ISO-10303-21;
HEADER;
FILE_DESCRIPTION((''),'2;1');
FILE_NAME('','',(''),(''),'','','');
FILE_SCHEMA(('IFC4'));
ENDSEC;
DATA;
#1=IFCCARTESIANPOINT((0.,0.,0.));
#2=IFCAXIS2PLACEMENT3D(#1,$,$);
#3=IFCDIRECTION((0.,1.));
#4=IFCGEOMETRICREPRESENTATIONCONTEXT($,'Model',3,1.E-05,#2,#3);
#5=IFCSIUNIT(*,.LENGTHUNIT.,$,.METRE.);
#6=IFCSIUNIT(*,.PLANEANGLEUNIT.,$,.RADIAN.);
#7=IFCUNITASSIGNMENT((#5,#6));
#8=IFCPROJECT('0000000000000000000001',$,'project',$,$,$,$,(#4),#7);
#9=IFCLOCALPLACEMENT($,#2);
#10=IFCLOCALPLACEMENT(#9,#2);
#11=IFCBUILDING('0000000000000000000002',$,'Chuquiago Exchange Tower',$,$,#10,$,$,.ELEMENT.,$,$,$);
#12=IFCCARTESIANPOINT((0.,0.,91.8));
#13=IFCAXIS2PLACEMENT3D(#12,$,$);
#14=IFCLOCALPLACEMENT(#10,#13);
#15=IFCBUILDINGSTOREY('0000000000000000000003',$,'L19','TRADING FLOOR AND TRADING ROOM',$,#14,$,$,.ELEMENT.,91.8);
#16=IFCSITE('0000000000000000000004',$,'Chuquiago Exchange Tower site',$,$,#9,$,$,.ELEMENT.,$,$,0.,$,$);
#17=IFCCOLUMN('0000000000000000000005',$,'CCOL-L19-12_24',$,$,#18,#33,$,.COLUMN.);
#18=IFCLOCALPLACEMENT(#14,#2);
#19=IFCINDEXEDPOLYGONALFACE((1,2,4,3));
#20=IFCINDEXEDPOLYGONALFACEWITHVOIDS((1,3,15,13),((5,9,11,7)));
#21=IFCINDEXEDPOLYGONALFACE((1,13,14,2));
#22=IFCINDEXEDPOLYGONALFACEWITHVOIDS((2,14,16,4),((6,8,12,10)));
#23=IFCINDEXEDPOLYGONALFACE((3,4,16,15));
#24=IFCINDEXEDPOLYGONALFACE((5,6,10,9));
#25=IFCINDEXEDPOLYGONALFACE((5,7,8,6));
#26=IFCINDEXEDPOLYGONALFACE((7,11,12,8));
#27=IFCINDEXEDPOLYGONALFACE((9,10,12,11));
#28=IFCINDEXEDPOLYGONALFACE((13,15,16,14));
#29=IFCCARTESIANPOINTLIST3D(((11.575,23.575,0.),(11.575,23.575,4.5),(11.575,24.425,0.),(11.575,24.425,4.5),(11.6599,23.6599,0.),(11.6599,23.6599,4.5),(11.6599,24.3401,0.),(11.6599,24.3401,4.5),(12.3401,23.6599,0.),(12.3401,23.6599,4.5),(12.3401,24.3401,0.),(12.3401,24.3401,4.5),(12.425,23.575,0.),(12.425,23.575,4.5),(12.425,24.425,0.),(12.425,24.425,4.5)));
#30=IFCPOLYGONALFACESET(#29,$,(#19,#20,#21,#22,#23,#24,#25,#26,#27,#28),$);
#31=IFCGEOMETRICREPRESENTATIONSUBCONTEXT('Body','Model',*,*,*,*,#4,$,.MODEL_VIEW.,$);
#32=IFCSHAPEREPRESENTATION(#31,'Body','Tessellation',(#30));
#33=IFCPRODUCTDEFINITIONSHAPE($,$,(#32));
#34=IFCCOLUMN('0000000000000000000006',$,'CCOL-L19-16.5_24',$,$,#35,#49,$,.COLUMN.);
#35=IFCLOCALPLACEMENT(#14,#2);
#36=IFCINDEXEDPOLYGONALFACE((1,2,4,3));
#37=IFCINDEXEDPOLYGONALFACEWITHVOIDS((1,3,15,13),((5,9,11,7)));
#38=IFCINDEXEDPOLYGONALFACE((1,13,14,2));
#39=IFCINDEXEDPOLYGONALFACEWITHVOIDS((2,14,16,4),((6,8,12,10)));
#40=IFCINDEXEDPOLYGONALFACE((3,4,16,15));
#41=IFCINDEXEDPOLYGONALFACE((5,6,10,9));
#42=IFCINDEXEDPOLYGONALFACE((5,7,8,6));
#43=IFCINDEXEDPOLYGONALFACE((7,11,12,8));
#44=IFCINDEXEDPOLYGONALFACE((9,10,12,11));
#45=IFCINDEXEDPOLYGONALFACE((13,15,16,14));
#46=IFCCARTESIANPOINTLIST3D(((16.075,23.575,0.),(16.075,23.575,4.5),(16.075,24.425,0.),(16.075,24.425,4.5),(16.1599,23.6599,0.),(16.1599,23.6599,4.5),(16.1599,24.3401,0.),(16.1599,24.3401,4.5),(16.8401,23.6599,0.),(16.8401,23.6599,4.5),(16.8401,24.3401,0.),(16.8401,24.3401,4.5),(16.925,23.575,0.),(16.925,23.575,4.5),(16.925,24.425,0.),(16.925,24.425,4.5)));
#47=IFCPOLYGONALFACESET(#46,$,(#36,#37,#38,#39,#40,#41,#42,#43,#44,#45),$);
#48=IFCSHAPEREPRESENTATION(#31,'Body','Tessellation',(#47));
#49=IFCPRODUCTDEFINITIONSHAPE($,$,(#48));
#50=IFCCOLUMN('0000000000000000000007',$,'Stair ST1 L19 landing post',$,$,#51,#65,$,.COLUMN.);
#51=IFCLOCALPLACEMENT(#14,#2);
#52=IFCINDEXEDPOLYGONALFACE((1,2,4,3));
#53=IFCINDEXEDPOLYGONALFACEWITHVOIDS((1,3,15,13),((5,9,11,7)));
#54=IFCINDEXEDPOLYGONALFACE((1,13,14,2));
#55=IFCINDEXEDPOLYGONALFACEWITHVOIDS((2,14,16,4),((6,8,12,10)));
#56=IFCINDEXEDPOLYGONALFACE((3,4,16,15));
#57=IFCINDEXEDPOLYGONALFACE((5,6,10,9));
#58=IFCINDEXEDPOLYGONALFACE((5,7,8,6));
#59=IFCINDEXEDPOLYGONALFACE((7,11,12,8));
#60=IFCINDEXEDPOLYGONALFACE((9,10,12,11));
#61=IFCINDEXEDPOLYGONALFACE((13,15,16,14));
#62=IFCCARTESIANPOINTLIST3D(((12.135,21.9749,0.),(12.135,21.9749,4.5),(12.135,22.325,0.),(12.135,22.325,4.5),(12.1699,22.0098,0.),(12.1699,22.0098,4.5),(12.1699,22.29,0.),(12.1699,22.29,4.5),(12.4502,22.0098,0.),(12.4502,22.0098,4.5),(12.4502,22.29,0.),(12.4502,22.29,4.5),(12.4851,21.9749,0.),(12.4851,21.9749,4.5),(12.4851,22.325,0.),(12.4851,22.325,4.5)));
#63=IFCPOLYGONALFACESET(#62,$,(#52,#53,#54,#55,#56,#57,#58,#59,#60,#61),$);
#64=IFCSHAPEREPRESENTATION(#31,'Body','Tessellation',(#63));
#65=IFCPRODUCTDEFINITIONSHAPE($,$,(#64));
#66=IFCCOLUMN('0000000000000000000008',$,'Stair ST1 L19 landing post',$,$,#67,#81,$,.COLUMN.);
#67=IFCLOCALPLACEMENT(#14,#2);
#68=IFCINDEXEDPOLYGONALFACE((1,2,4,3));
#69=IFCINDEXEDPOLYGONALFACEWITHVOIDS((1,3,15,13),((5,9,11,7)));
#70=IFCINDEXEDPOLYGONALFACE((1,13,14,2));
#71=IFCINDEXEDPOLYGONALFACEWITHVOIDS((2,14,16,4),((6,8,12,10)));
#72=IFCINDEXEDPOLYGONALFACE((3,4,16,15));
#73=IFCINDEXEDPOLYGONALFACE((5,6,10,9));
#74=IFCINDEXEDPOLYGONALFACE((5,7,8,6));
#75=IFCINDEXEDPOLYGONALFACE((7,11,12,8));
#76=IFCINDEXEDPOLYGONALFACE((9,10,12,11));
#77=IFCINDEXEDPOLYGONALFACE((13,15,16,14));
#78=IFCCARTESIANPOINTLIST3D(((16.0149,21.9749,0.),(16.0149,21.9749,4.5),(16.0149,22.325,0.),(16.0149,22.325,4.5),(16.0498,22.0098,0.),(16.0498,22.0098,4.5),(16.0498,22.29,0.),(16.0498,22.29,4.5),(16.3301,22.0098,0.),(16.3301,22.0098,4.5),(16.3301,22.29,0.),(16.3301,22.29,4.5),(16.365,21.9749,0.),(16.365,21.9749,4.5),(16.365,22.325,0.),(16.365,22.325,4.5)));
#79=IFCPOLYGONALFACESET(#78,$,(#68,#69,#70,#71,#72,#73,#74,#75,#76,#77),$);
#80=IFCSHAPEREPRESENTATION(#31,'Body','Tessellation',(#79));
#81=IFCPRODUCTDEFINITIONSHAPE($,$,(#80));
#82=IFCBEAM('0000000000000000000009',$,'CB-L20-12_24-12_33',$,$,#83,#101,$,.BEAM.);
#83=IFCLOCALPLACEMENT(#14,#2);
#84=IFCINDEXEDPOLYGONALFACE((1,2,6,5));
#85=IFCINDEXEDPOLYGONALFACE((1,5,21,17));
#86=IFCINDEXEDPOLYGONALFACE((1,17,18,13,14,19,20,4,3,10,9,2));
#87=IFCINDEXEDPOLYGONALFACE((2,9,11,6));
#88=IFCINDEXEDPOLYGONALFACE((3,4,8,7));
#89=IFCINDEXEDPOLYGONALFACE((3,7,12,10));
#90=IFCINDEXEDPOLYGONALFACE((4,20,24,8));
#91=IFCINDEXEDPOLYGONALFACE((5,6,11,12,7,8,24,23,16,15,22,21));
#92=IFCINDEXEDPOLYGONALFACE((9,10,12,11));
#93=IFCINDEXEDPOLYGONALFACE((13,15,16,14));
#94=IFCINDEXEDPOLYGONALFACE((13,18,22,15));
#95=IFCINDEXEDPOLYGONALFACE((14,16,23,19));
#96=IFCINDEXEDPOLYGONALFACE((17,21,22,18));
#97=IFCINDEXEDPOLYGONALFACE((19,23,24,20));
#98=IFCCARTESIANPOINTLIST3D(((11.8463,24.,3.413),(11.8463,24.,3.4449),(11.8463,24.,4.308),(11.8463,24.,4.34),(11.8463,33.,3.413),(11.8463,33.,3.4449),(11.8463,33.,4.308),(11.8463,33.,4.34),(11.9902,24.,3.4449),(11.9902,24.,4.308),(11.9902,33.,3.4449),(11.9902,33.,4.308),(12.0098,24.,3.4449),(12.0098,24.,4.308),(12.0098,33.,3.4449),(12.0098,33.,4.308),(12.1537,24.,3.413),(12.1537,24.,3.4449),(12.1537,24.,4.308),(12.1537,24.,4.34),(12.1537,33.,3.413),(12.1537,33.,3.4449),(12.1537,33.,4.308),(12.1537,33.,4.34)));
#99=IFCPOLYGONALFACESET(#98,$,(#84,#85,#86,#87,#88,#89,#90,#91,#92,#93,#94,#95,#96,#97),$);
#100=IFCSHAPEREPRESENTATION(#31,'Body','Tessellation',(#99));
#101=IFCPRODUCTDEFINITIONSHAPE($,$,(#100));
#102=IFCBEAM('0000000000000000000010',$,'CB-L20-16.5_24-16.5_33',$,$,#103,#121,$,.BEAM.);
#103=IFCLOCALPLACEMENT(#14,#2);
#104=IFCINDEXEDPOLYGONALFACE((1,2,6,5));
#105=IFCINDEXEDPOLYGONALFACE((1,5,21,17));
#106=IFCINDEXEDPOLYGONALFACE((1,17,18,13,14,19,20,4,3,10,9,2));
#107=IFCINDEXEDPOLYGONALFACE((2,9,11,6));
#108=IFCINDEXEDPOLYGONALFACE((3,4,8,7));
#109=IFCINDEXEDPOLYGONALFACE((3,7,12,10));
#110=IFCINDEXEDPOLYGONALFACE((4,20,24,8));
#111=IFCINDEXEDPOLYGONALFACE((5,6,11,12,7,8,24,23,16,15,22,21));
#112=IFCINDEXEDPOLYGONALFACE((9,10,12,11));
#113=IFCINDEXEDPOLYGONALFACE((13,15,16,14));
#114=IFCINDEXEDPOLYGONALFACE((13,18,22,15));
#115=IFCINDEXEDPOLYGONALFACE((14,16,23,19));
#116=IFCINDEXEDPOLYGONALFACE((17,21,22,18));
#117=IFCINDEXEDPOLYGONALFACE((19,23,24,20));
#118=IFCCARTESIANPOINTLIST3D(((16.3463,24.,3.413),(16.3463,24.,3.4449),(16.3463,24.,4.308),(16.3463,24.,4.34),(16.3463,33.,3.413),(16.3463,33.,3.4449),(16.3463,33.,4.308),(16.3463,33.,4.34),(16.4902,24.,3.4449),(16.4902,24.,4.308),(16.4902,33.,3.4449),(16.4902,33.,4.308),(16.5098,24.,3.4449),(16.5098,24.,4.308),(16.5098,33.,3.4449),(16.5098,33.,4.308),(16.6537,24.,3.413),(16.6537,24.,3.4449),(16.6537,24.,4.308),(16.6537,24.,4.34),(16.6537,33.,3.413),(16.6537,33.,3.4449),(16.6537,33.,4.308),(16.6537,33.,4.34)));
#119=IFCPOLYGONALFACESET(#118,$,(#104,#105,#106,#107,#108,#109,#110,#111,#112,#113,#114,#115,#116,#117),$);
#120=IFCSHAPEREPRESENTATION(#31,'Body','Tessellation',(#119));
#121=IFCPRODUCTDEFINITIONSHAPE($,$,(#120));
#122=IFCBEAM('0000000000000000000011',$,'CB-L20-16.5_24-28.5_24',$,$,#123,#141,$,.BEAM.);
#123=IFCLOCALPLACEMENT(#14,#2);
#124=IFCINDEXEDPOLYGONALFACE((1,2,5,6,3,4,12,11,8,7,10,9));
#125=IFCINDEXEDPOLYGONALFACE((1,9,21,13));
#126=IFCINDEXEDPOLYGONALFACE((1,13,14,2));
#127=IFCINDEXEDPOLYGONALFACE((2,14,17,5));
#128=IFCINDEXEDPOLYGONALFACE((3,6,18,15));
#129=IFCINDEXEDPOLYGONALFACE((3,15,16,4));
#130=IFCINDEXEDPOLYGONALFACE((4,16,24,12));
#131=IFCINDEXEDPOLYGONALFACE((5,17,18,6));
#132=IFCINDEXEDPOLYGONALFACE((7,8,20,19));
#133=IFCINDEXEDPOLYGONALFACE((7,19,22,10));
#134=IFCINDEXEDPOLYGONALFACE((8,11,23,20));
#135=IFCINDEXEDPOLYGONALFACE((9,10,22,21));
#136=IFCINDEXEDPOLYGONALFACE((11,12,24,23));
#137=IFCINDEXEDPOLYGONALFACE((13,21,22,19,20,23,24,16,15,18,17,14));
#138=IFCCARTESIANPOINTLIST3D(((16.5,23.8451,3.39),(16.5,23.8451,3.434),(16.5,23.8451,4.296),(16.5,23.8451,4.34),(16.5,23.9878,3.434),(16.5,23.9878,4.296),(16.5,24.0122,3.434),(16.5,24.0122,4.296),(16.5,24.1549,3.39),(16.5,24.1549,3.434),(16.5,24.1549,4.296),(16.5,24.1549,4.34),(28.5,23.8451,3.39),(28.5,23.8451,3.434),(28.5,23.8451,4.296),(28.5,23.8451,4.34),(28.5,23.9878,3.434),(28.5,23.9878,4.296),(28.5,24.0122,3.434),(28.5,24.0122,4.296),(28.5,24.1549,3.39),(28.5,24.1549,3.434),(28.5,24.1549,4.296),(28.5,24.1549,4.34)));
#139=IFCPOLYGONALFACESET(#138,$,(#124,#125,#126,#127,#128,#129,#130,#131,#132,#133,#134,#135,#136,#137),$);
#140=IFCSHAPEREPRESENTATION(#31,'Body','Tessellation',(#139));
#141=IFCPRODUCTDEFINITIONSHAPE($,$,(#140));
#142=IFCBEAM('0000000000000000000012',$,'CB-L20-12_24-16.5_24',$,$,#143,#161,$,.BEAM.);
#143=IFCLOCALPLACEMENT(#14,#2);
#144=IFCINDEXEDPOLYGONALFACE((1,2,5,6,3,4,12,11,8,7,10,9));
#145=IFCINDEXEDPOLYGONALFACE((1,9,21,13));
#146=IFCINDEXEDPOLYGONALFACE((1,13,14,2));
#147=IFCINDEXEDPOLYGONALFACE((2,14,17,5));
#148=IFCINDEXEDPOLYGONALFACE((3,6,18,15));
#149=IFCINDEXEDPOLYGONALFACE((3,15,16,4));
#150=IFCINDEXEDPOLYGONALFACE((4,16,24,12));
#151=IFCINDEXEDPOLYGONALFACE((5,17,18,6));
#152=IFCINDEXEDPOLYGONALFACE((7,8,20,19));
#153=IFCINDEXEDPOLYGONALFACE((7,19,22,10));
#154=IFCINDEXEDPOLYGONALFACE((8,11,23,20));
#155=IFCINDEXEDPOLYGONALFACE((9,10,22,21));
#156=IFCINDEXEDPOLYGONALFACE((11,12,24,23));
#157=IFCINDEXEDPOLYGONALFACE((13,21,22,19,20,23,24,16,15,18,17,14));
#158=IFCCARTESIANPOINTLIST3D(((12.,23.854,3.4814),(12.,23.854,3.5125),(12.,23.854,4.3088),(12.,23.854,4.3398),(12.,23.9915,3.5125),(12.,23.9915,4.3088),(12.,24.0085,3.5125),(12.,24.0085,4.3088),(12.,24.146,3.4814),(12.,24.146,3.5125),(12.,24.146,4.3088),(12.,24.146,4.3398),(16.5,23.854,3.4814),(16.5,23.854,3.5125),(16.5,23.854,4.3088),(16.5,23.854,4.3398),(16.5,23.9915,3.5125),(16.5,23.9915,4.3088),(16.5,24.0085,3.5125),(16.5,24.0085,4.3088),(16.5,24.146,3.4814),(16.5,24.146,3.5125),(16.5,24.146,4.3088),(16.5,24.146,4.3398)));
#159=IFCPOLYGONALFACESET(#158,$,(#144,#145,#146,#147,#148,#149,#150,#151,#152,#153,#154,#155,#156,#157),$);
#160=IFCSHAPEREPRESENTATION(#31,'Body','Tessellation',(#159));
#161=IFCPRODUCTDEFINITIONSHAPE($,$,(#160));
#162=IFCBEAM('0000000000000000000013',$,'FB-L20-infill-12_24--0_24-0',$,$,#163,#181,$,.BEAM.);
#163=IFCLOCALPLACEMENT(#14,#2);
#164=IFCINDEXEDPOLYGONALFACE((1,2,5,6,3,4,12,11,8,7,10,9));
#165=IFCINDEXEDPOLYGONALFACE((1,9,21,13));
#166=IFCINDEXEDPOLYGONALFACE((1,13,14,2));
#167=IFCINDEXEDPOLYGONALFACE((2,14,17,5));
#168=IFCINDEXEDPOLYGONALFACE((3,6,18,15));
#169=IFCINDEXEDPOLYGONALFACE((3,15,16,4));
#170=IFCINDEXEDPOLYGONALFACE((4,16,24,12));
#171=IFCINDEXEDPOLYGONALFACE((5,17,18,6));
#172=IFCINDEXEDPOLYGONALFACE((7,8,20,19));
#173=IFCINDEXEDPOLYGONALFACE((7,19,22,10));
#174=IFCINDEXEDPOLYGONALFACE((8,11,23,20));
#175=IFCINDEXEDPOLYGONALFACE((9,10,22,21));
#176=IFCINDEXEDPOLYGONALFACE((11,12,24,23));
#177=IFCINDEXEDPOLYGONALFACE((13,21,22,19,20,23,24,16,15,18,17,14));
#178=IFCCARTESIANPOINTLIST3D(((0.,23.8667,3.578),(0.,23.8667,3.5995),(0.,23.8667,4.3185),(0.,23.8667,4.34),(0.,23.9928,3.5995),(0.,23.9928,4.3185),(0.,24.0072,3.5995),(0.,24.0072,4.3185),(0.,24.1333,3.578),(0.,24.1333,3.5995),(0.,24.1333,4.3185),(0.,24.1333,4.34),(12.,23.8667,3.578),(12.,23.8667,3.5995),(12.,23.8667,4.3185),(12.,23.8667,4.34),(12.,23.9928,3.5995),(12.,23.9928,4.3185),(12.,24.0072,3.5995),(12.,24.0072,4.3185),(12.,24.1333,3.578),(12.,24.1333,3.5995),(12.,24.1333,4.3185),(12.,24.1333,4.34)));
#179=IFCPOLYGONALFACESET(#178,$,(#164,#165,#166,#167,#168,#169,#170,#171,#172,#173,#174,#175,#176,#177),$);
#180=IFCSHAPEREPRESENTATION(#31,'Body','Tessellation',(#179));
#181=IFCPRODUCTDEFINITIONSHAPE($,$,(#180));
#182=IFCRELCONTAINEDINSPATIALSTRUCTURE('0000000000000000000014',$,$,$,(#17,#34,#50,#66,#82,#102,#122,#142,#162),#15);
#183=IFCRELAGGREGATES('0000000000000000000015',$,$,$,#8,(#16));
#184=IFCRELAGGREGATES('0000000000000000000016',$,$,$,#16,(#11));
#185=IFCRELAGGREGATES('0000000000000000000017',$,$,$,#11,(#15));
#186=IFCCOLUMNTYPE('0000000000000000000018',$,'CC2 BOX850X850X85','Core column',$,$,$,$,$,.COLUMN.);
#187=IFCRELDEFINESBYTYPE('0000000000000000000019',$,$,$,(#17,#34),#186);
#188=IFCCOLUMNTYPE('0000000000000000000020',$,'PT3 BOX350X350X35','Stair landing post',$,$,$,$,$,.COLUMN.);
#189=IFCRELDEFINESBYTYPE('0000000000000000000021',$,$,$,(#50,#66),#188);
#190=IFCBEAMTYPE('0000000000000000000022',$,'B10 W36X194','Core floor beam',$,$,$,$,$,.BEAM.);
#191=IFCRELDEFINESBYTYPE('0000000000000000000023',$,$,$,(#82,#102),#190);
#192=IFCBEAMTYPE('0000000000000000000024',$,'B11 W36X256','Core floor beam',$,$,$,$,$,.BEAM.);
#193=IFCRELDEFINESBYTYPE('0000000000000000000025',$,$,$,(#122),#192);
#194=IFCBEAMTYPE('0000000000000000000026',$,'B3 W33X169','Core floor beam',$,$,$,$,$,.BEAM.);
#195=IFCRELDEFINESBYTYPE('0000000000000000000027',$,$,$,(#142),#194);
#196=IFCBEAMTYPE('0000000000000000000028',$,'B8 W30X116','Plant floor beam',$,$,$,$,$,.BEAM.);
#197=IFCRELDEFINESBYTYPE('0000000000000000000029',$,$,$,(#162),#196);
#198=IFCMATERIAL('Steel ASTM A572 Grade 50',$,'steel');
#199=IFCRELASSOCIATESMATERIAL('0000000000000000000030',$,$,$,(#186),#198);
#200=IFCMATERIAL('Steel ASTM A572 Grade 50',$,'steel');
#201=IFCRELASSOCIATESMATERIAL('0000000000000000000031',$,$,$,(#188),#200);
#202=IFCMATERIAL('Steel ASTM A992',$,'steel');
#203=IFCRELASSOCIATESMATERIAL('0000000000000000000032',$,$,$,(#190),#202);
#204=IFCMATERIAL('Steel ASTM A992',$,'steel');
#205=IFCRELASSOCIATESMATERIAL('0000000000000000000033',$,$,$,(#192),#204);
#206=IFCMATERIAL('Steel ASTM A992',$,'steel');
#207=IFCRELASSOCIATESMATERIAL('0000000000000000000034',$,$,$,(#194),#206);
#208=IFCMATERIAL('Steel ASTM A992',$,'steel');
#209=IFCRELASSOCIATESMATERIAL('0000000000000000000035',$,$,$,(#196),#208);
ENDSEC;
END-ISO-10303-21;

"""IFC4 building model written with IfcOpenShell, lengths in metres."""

from ifc_helpers import new_model, si_unit, direction, frame, origin, origin_2d, place, context, subcontext, project, spatial, hollow_rectangle, i_section, extrude, material, material_profile, profile_set, type_object, element, save


model = new_model("IFC4")

# Units and contexts
model_context = context("Model", 3, precision=1e-05, world=origin(), true_north=direction((0.0, 1.0)))
body_context = subcontext(model_context, "Body", "Model", "MODEL_VIEW")
ifc_project = project(units=[si_unit("LENGTHUNIT", "METRE"), si_unit("PLANEANGLEUNIT", "RADIAN")], contexts=[model_context])

# Site, building, storey
site_placement = place(None, origin())
site = spatial("IfcSite", under=ifc_project, at=site_placement, Name="Chuquiago Exchange Tower site", CompositionType="ELEMENT", RefElevation=0.0)
building_placement = place(site_placement, origin())
building = spatial("IfcBuilding", under=site, at=building_placement, Name="Chuquiago Exchange Tower", CompositionType="ELEMENT")
storey_placement = place(building_placement, frame((0.0, 0.0, 91.8)))
storey = spatial("IfcBuildingStorey", under=building, at=storey_placement, Name="L19", Description="TRADING FLOOR AND TRADING ROOM", CompositionType="ELEMENT", Elevation=91.8)

# Columns
ifc_material_1 = material(Name="Steel ASTM A572 Grade 50", Category="steel")
ifc_material_profile_1 = material_profile(ifc_material_1, hollow_rectangle(XDim=0.8501, YDim=0.8501, WallThickness=0.085, at=origin_2d()), Name="BOX850X850X85")
ifc_profile_set_1 = profile_set([ifc_material_profile_1], Name="Steel ASTM A572 Grade 50")
column_type_1 = type_object("IfcColumnType", Name="CC2 BOX850X850X85", Description="Core column", PredefinedType="COLUMN", material=ifc_profile_set_1)
for number, where, z_axis, x_axis, name in (
    (1, (12.0, 24.0, 0.0), (0.0, 0.0, 1.0), (1.0, 0.0, 0.0), "CCOL-L19-12_24"),
    (2, (16.5, 24.0, 0.0), (0.0, 0.0, 1.0), (1.0, 0.0, 0.0), "CCOL-L19-16.5_24"),
):
    element("IfcColumn", number, at=place(storey_placement, frame(where, z_axis=z_axis, x_axis=x_axis)), inside=storey, type_object=column_type_1, Name=name, PredefinedType="COLUMN", context=body_context, shape_type="SweptSolid", body=[
        extrude(hollow_rectangle(XDim=0.8501, YDim=0.8501, WallThickness=0.085, at=origin_2d()), origin(), (0.0, 0.0, 1.0), 4.5),
    ])
ifc_material_2 = material(Name="Steel ASTM A572 Grade 50", Category="steel")
ifc_material_profile_2 = material_profile(ifc_material_2, hollow_rectangle(XDim=0.3501, YDim=0.3501, WallThickness=0.0349, at=origin_2d()), Name="BOX350X350X35")
ifc_profile_set_2 = profile_set([ifc_material_profile_2], Name="Steel ASTM A572 Grade 50")
column_type_2 = type_object("IfcColumnType", Name="PT3 BOX350X350X35", Description="Stair landing post", PredefinedType="COLUMN", material=ifc_profile_set_2)
for number, where, z_axis, x_axis, name in (
    (3, (12.3101, 22.1499, 0.0), (0.0, 0.0, 1.0), (1.0, 0.0, 0.0), "Stair ST1 L19 landing post"),
    (4, (16.1899, 22.1499, 0.0), (0.0, 0.0, 1.0), (1.0, 0.0, 0.0), "Stair ST1 L19 landing post"),
):
    element("IfcColumn", number, at=place(storey_placement, frame(where, z_axis=z_axis, x_axis=x_axis)), inside=storey, type_object=column_type_2, Name=name, PredefinedType="COLUMN", context=body_context, shape_type="SweptSolid", body=[
        extrude(hollow_rectangle(XDim=0.3501, YDim=0.3501, WallThickness=0.0349, at=origin_2d()), origin(), (0.0, 0.0, 1.0), 4.5),
    ])

# Beams
ifc_material_3 = material(Name="Steel ASTM A992", Category="steel")
ifc_material_profile_3 = material_profile(ifc_material_3, i_section(OverallWidth=0.3074, OverallDepth=0.927, WebThickness=0.0195, FlangeThickness=0.032, at=origin_2d()), Name="W36X194")
ifc_profile_set_3 = profile_set([ifc_material_profile_3], Name="Steel ASTM A992")
beam_type_1 = type_object("IfcBeamType", Name="B10 W36X194", Description="Core floor beam", PredefinedType="BEAM", material=ifc_profile_set_3)
for number, where, z_axis, x_axis, name in (
    (5, (12.0, 24.0, 3.8765), (0.0, 1.0, 0.0), (-1.0, 0.0, 0.0), "CB-L20-12_24-12_33"),
    (6, (16.5, 24.0, 3.8765), (0.0, 1.0, 0.0), (-1.0, 0.0, 0.0), "CB-L20-16.5_24-16.5_33"),
):
    element("IfcBeam", number, at=place(storey_placement, frame(where, z_axis=z_axis, x_axis=x_axis)), inside=storey, type_object=beam_type_1, Name=name, PredefinedType="BEAM", context=body_context, shape_type="SweptSolid", body=[
        extrude(i_section(OverallWidth=0.3074, OverallDepth=0.927, WebThickness=0.0195, FlangeThickness=0.032, at=origin_2d()), origin(), (0.0, 0.0, 1.0), 9.0),
    ])
ifc_material_4 = material(Name="Steel ASTM A992", Category="steel")
ifc_material_profile_4 = material_profile(ifc_material_4, i_section(OverallWidth=0.3098, OverallDepth=0.95, WebThickness=0.0244, FlangeThickness=0.0439, at=origin_2d()), Name="W36X256")
ifc_profile_set_4 = profile_set([ifc_material_profile_4], Name="Steel ASTM A992")
beam_type_2 = type_object("IfcBeamType", Name="B11 W36X256", Description="Core floor beam", PredefinedType="BEAM", material=ifc_profile_set_4)
beam_1_placement = place(storey_placement, frame((16.5, 24.0, 3.865), z_axis=(1.0, 0.0, 0.0), x_axis=(0.0, 1.0, 0.0)))
element("IfcBeam", 7, at=beam_1_placement, inside=storey, type_object=beam_type_2, Name="CB-L20-16.5_24-28.5_24", PredefinedType="BEAM", context=body_context, shape_type="SweptSolid", body=[
    extrude(i_section(OverallWidth=0.3098, OverallDepth=0.95, WebThickness=0.0244, FlangeThickness=0.0439, at=origin_2d()), origin(), (0.0, 0.0, 1.0), 12.0),
])
ifc_material_5 = material(Name="Steel ASTM A992", Category="steel")
ifc_material_profile_5 = material_profile(ifc_material_5, i_section(OverallWidth=0.292, OverallDepth=0.8584, WebThickness=0.0171, FlangeThickness=0.031, at=origin_2d()), Name="W33X169")
ifc_profile_set_5 = profile_set([ifc_material_profile_5], Name="Steel ASTM A992")
beam_type_3 = type_object("IfcBeamType", Name="B3 W33X169", Description="Core floor beam", PredefinedType="BEAM", material=ifc_profile_set_5)
beam_2_placement = place(storey_placement, frame((12.0, 24.0, 3.9106), z_axis=(1.0, 0.0, 0.0), x_axis=(0.0, 1.0, 0.0)))
element("IfcBeam", 8, at=beam_2_placement, inside=storey, type_object=beam_type_3, Name="CB-L20-12_24-16.5_24", PredefinedType="BEAM", context=body_context, shape_type="SweptSolid", body=[
    extrude(i_section(OverallWidth=0.292, OverallDepth=0.8584, WebThickness=0.0171, FlangeThickness=0.031, at=origin_2d()), origin(), (0.0, 0.0, 1.0), 4.5),
])
ifc_material_6 = material(Name="Steel ASTM A992", Category="steel")
ifc_material_profile_6 = material_profile(ifc_material_6, i_section(OverallWidth=0.2666, OverallDepth=0.762, WebThickness=0.0144, FlangeThickness=0.0215, at=origin_2d()), Name="W30X116")
ifc_profile_set_6 = profile_set([ifc_material_profile_6], Name="Steel ASTM A992")
beam_type_4 = type_object("IfcBeamType", Name="B8 W30X116", Description="Plant floor beam", PredefinedType="BEAM", material=ifc_profile_set_6)
for number, where, z_axis, x_axis, name in (
    (9, (12.0, 24.0, 3.959), (-1.0, 0.0, 0.0), (0.0, -1.0, 0.0), "FB-L20-infill-12_24--0_24-0"),
):
    element("IfcBeam", number, at=place(storey_placement, frame(where, z_axis=z_axis, x_axis=x_axis)), inside=storey, type_object=beam_type_4, Name=name, PredefinedType="BEAM", context=body_context, shape_type="SweptSolid", body=[
        extrude(i_section(OverallWidth=0.2666, OverallDepth=0.762, WebThickness=0.0144, FlangeThickness=0.0215, at=origin_2d()), origin(), (0.0, 0.0, 1.0), 12.0),
    ])

save(model, "model.ifc")
